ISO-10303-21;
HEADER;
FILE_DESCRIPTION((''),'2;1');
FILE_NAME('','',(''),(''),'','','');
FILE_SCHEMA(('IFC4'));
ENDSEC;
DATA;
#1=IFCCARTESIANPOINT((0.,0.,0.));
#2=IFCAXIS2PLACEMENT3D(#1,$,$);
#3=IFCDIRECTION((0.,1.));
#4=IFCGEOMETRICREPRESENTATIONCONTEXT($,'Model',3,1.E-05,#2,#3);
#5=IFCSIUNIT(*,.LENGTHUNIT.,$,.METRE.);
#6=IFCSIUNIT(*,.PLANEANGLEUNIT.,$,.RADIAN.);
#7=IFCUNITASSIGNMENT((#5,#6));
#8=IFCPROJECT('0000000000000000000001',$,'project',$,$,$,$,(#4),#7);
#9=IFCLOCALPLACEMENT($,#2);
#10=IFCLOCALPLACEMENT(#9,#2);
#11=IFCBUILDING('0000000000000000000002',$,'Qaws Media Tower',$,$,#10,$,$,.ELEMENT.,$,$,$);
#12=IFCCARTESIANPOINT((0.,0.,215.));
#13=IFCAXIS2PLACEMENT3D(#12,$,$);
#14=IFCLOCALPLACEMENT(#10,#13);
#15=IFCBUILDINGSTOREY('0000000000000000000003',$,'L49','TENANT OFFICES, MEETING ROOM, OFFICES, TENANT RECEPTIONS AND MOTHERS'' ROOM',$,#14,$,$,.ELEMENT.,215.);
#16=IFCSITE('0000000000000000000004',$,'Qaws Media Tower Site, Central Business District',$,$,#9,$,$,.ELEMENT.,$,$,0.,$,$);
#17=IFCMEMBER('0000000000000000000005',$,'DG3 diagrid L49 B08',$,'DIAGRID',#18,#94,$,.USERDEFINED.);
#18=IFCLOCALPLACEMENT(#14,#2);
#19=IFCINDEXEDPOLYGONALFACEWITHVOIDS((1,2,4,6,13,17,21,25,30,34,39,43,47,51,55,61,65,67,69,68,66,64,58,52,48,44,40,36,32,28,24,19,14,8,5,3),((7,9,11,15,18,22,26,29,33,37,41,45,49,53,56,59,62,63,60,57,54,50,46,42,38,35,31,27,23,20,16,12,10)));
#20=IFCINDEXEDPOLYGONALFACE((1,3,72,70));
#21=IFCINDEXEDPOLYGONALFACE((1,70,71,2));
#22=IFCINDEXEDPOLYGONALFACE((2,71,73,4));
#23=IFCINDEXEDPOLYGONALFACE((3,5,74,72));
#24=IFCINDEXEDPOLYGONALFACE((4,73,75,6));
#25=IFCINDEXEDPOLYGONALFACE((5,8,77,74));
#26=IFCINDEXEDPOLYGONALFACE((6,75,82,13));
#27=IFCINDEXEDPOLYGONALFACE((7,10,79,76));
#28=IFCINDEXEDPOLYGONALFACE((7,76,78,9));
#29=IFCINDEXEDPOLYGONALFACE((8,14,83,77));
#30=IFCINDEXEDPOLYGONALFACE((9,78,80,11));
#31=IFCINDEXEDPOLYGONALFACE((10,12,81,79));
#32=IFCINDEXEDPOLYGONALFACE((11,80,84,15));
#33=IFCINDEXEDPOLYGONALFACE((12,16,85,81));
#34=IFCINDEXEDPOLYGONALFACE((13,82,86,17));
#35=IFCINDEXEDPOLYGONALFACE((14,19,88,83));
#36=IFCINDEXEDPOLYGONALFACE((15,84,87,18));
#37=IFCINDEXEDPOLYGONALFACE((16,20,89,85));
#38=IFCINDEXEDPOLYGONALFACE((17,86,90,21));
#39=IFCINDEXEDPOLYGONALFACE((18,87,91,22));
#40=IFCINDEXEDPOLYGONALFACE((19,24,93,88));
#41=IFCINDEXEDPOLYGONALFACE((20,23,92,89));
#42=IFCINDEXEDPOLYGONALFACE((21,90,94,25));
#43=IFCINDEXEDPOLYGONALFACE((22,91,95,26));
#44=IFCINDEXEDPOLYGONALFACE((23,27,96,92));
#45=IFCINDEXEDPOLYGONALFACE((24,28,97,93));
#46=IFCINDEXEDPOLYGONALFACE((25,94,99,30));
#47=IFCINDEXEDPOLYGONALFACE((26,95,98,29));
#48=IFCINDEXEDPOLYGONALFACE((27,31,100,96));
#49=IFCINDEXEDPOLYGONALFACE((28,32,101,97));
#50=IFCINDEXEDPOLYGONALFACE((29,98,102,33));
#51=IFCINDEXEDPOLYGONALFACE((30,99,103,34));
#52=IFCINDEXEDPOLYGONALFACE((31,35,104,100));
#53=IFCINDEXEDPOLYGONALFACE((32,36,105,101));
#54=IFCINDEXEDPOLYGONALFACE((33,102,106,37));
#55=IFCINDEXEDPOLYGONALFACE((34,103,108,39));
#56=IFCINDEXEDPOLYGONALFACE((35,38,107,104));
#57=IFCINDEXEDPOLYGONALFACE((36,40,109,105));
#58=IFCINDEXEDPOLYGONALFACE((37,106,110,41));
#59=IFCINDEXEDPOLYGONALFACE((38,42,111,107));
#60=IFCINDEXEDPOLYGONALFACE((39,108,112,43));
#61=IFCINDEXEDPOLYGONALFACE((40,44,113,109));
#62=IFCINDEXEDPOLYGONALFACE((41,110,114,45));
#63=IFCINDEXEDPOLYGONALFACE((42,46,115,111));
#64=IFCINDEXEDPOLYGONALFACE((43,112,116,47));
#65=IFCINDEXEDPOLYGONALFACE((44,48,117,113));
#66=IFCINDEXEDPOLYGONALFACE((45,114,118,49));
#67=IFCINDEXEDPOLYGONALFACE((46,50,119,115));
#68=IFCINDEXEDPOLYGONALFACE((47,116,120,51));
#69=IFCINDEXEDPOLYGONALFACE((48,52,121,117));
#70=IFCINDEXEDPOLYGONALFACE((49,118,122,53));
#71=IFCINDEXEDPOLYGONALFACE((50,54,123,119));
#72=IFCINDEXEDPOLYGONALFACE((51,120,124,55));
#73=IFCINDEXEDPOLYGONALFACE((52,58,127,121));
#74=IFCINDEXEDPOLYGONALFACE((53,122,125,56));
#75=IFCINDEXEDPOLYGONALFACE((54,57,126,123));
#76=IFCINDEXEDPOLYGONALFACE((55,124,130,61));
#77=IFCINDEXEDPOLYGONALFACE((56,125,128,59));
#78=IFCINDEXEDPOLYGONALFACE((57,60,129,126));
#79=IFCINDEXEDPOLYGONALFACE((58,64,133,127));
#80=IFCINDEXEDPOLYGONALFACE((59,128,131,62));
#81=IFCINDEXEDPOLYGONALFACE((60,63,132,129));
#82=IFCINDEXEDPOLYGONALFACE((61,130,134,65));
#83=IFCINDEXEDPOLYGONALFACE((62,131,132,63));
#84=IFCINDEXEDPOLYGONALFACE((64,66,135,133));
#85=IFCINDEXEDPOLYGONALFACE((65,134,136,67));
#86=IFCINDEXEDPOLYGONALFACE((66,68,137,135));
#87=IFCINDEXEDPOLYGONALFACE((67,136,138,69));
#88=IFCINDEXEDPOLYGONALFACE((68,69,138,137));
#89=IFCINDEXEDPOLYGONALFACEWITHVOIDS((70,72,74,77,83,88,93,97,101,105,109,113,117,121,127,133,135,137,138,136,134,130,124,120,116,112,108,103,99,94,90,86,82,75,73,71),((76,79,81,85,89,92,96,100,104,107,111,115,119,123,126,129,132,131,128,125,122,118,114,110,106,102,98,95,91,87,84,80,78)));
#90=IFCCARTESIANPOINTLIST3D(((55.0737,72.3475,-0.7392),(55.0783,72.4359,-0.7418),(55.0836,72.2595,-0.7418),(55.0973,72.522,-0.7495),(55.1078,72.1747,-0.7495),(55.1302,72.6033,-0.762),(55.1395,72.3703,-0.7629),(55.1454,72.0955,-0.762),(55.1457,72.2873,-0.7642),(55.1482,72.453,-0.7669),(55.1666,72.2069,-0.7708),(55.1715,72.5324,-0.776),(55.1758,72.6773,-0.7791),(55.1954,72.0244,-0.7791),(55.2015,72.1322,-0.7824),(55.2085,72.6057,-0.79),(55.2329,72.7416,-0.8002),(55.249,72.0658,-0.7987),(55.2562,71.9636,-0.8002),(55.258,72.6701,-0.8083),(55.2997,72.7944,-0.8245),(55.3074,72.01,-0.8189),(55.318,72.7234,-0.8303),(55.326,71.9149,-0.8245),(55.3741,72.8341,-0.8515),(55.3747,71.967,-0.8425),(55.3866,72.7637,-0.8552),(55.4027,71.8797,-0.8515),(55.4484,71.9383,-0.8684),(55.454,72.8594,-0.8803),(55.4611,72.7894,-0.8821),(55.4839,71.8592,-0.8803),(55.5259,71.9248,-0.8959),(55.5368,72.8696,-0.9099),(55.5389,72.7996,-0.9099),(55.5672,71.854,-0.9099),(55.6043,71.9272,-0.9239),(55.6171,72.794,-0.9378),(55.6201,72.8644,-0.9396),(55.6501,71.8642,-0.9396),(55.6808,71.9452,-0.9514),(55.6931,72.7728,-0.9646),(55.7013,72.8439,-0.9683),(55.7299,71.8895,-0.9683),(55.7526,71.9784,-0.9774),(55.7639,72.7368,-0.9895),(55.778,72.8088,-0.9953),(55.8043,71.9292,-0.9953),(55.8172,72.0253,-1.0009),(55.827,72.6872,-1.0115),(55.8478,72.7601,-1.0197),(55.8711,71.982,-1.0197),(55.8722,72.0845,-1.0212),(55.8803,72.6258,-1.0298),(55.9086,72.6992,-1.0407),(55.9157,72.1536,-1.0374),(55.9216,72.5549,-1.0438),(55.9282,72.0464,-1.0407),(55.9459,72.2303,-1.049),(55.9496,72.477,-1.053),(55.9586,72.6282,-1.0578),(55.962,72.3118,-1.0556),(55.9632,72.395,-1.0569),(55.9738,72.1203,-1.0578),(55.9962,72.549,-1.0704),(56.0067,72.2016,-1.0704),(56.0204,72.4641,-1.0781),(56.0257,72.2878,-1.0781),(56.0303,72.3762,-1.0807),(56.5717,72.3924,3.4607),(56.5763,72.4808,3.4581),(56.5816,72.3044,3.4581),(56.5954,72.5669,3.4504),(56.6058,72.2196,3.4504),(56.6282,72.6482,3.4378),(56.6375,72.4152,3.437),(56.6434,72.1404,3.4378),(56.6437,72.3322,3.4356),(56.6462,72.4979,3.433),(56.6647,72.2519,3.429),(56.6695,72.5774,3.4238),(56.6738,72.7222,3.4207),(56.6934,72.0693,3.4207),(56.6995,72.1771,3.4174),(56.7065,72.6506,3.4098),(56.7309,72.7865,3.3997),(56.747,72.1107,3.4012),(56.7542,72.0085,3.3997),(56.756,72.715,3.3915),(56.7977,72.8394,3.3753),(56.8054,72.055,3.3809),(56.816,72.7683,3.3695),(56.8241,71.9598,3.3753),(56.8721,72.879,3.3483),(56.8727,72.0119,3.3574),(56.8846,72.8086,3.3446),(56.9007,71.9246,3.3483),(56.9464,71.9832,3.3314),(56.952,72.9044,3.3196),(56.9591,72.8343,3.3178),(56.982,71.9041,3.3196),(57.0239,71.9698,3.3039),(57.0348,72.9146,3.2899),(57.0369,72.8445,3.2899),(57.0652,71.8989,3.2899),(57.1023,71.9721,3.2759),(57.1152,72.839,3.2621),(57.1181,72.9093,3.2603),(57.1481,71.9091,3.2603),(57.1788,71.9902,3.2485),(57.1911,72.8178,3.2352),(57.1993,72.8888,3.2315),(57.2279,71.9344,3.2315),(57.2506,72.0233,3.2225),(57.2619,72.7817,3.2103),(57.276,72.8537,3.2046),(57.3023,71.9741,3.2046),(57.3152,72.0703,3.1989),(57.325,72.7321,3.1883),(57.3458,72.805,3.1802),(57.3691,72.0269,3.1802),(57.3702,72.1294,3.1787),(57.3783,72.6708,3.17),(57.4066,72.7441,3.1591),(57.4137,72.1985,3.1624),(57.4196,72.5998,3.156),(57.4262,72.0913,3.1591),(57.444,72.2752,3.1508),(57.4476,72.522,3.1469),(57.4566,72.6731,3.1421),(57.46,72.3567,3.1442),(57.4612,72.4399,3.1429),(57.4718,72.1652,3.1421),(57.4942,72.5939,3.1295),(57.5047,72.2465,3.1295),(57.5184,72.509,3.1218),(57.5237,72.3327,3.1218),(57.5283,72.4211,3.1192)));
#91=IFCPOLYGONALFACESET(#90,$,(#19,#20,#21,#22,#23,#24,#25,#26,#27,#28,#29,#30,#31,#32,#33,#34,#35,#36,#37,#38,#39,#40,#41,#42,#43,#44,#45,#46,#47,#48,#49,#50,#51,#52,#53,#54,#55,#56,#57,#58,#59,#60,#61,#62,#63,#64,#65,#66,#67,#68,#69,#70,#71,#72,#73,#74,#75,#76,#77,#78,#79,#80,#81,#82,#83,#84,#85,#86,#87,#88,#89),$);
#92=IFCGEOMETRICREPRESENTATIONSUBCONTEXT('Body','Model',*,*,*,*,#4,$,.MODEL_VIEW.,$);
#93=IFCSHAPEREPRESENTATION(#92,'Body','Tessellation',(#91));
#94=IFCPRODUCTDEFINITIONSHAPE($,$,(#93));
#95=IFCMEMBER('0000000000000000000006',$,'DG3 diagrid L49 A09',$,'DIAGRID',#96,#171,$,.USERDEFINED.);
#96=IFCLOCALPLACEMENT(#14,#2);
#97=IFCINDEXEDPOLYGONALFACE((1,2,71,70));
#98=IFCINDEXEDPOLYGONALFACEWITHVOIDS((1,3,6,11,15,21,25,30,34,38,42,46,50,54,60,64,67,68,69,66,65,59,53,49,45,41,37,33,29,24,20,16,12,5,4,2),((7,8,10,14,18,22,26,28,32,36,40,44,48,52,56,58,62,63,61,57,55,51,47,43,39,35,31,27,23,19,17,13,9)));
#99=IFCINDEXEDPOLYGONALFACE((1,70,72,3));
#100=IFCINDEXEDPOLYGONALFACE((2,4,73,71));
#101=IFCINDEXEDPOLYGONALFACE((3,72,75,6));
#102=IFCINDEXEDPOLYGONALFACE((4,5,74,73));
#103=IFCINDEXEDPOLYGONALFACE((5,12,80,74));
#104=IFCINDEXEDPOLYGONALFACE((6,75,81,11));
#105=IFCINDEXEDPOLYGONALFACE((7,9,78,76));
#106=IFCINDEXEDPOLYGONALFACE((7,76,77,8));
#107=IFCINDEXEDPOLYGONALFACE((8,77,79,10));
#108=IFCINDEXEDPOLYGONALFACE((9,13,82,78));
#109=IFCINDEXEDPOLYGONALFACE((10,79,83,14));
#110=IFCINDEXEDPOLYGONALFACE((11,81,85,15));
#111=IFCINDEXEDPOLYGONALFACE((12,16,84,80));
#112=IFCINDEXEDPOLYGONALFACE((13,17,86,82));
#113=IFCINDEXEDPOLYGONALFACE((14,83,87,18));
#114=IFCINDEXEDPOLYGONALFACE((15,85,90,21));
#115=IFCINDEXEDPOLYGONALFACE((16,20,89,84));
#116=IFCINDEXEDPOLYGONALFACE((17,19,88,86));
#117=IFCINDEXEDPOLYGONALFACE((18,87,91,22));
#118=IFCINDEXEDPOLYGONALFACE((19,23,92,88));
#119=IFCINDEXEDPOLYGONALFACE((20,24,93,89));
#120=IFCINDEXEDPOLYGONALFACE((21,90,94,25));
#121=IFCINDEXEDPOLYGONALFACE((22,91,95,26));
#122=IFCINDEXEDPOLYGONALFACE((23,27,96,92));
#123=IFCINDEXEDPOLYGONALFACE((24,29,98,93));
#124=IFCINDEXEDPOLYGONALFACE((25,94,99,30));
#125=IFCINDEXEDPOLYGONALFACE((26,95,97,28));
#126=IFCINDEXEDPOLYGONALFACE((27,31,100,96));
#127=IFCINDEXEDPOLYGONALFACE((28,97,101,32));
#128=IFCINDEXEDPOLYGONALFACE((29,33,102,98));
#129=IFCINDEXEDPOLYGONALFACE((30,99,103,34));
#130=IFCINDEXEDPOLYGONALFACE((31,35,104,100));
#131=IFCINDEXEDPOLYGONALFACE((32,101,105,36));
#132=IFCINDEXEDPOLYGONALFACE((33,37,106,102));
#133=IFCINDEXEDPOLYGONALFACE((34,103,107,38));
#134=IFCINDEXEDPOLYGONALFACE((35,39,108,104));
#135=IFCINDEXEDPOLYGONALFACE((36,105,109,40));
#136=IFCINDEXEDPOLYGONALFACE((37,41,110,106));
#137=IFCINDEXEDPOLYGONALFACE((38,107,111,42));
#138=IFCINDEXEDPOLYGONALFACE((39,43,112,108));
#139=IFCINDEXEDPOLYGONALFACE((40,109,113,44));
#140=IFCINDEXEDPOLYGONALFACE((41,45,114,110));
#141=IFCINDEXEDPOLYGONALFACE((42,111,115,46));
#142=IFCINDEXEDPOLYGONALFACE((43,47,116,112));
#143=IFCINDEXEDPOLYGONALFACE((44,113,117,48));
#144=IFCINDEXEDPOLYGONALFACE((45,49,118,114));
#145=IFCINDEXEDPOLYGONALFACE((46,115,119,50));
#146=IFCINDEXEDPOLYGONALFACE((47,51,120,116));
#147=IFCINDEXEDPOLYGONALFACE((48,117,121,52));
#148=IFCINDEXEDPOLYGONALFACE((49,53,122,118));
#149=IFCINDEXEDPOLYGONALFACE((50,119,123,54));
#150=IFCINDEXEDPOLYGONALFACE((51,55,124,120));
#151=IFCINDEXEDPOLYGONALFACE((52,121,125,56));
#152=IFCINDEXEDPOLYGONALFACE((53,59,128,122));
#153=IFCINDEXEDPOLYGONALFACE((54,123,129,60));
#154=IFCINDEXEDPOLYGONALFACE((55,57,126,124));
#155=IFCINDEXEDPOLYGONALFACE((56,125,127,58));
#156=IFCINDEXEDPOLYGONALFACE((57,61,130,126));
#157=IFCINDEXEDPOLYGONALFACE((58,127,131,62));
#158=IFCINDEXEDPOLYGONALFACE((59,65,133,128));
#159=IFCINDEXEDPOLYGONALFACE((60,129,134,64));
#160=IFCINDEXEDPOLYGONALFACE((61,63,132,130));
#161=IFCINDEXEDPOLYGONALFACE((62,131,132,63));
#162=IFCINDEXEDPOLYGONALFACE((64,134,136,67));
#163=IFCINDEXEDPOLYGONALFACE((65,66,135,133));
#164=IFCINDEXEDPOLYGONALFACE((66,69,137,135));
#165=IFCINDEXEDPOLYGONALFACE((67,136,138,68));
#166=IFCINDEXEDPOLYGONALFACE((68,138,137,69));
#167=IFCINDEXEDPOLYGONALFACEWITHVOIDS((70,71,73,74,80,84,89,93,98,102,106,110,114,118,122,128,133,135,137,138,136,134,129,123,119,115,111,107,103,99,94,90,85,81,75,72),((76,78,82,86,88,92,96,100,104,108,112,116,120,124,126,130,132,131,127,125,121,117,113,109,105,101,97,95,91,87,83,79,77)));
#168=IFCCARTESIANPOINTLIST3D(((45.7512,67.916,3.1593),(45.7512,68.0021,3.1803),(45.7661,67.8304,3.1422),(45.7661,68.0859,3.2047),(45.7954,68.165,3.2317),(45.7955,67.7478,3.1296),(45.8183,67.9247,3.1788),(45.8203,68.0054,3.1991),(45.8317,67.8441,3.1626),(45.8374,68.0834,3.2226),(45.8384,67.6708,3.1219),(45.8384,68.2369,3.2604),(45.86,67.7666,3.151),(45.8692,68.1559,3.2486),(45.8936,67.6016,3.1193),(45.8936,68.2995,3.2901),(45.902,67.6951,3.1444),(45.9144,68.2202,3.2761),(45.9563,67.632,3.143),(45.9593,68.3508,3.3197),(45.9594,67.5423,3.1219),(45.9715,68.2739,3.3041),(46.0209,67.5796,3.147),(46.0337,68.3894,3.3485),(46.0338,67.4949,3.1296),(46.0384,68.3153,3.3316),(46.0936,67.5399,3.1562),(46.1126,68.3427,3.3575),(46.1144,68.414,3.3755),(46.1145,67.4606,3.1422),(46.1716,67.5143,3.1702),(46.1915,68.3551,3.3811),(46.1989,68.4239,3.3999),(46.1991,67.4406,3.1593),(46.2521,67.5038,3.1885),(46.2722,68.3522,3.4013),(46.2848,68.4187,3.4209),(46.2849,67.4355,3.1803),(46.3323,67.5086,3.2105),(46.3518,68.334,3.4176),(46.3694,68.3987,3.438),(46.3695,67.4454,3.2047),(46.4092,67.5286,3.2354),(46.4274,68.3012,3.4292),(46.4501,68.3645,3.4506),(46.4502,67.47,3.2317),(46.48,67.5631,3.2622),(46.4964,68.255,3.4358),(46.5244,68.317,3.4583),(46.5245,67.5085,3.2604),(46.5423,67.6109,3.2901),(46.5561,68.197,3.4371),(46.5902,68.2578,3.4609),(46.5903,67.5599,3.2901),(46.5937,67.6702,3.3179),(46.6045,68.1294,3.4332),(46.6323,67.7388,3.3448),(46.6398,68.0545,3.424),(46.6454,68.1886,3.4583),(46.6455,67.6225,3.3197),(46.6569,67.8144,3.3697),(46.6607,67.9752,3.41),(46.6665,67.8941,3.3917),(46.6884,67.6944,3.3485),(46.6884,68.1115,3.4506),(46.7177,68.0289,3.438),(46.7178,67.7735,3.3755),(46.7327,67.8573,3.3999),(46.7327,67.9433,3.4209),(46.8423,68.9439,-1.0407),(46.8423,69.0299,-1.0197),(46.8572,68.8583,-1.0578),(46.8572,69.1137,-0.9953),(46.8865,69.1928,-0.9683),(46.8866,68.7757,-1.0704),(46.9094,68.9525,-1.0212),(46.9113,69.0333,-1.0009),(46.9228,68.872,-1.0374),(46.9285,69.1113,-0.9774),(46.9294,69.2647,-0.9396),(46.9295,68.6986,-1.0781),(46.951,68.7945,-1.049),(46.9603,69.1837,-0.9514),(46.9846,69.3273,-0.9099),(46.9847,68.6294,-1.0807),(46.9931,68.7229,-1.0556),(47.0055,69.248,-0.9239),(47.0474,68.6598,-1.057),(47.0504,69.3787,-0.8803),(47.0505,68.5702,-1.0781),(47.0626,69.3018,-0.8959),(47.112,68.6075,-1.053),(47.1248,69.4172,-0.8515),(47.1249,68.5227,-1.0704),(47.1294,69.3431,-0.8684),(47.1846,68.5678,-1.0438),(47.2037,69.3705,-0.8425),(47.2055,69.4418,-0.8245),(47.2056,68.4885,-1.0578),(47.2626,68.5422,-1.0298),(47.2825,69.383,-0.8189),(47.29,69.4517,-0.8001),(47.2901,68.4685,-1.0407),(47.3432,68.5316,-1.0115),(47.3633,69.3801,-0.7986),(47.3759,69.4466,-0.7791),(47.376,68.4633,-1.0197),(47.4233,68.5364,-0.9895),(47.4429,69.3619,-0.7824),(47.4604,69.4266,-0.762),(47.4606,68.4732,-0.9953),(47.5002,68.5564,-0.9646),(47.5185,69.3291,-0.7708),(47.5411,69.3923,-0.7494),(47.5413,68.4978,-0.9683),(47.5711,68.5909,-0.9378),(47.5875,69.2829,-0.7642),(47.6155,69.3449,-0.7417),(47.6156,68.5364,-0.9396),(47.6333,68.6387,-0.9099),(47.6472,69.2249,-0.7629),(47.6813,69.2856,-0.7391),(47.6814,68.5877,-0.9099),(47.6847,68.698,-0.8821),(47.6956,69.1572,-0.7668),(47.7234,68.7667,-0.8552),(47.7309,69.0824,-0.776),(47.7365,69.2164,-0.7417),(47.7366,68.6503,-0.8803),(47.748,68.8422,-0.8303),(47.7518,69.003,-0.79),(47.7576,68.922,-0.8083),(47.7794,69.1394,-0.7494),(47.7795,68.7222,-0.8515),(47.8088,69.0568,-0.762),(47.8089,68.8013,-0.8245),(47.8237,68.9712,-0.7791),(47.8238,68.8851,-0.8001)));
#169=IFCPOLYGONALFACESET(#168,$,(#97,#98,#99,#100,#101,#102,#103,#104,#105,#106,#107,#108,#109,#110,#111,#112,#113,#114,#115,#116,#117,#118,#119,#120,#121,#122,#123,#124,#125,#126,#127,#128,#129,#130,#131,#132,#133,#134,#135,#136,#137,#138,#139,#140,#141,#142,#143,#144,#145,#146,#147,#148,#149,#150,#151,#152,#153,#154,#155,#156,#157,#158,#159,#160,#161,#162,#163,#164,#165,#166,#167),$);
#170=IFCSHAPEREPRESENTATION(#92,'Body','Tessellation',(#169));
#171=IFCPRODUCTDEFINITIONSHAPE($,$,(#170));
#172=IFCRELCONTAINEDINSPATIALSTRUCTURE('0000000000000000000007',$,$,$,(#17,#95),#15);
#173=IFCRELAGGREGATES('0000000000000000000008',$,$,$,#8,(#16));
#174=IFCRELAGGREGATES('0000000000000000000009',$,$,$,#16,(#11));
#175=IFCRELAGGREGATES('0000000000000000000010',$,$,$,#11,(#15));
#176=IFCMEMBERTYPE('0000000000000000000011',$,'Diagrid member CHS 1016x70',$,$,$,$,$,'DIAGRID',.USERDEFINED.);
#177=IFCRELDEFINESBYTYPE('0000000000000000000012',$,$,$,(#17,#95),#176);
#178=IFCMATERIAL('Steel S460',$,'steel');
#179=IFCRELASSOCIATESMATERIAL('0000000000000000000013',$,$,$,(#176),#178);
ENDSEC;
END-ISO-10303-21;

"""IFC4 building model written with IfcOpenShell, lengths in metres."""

from ifc_helpers import new_model, si_unit, direction, frame, origin, origin_2d, place, context, subcontext, project, spatial, hollow_circle, extrude, material, material_profile, profile_set, type_object, element, save


model = new_model("IFC4")

# Units and contexts
model_context = context("Model", 3, precision=1e-05, world=origin(), true_north=direction((0.0, 1.0)))
body_context = subcontext(model_context, "Body", "Model", "MODEL_VIEW")
ifc_project = project(units=[si_unit("LENGTHUNIT", "METRE"), si_unit("PLANEANGLEUNIT", "RADIAN")], contexts=[model_context])

# Site, building, storey
site_placement = place(None, origin())
site = spatial("IfcSite", under=ifc_project, at=site_placement, Name="Qaws Media Tower Site, Central Business District", CompositionType="ELEMENT", RefElevation=0.0)
building_placement = place(site_placement, origin())
building = spatial("IfcBuilding", under=site, at=building_placement, Name="Qaws Media Tower", CompositionType="ELEMENT")
storey_placement = place(building_placement, frame((0.0, 0.0, 215.0)))
storey = spatial("IfcBuildingStorey", under=building, at=storey_placement, Name="L49", Description="TENANT OFFICES, MEETING ROOM, OFFICES, TENANT RECEPTIONS AND MOTHERS' ROOM", CompositionType="ELEMENT", Elevation=215.0)

# Members
ifc_material_1 = material(Name="Steel S460", Category="steel")
ifc_material_profile_1 = material_profile(ifc_material_1, hollow_circle(Radius=0.5081, WallThickness=0.0701, at=origin_2d()), Name="CHS 1016x70")
ifc_profile_set_1 = profile_set([ifc_material_profile_1], Name="Steel S460")
member_type_1 = type_object("IfcMemberType", Name="Diagrid member CHS 1016x70", ElementType="DIAGRID", PredefinedType="USERDEFINED", material=ifc_profile_set_1)
member_1_placement = place(storey_placement, frame((55.552, 72.3618, -0.9099), z_axis=(0.335934, 0.010074, 0.941832), x_axis=(-0.029973, 0.999551, 0.0)))
element("IfcMember", 1, at=member_1_placement, inside=storey, type_object=member_type_1, Name="DG3 diagrid L49 B08", ObjectType="DIAGRID", PredefinedType="USERDEFINED", context=body_context, shape_type="SweptSolid", body=[
    extrude(hollow_circle(Radius=0.5081, WallThickness=0.0701, at=origin_2d()), origin(), (0.0, 0.0, 1.0), 4.4592),
])
for number, where, z_axis, x_axis, name in (
    (2, (47.333, 68.9575, -0.9099), (-0.244665, -0.230485, 0.941815), (0.6857, -0.727884, 0.0), "DG3 diagrid L49 A09"),
):
    element("IfcMember", number, at=place(storey_placement, frame(where, z_axis=z_axis, x_axis=x_axis)), inside=storey, type_object=member_type_1, Name=name, ObjectType="DIAGRID", PredefinedType="USERDEFINED", context=body_context, shape_type="SweptSolid", body=[
        extrude(hollow_circle(Radius=0.5081, WallThickness=0.0701, at=origin_2d()), origin(), (0.0, 0.0, 1.0), 4.4595),
    ])

save(model, "model.ifc")
